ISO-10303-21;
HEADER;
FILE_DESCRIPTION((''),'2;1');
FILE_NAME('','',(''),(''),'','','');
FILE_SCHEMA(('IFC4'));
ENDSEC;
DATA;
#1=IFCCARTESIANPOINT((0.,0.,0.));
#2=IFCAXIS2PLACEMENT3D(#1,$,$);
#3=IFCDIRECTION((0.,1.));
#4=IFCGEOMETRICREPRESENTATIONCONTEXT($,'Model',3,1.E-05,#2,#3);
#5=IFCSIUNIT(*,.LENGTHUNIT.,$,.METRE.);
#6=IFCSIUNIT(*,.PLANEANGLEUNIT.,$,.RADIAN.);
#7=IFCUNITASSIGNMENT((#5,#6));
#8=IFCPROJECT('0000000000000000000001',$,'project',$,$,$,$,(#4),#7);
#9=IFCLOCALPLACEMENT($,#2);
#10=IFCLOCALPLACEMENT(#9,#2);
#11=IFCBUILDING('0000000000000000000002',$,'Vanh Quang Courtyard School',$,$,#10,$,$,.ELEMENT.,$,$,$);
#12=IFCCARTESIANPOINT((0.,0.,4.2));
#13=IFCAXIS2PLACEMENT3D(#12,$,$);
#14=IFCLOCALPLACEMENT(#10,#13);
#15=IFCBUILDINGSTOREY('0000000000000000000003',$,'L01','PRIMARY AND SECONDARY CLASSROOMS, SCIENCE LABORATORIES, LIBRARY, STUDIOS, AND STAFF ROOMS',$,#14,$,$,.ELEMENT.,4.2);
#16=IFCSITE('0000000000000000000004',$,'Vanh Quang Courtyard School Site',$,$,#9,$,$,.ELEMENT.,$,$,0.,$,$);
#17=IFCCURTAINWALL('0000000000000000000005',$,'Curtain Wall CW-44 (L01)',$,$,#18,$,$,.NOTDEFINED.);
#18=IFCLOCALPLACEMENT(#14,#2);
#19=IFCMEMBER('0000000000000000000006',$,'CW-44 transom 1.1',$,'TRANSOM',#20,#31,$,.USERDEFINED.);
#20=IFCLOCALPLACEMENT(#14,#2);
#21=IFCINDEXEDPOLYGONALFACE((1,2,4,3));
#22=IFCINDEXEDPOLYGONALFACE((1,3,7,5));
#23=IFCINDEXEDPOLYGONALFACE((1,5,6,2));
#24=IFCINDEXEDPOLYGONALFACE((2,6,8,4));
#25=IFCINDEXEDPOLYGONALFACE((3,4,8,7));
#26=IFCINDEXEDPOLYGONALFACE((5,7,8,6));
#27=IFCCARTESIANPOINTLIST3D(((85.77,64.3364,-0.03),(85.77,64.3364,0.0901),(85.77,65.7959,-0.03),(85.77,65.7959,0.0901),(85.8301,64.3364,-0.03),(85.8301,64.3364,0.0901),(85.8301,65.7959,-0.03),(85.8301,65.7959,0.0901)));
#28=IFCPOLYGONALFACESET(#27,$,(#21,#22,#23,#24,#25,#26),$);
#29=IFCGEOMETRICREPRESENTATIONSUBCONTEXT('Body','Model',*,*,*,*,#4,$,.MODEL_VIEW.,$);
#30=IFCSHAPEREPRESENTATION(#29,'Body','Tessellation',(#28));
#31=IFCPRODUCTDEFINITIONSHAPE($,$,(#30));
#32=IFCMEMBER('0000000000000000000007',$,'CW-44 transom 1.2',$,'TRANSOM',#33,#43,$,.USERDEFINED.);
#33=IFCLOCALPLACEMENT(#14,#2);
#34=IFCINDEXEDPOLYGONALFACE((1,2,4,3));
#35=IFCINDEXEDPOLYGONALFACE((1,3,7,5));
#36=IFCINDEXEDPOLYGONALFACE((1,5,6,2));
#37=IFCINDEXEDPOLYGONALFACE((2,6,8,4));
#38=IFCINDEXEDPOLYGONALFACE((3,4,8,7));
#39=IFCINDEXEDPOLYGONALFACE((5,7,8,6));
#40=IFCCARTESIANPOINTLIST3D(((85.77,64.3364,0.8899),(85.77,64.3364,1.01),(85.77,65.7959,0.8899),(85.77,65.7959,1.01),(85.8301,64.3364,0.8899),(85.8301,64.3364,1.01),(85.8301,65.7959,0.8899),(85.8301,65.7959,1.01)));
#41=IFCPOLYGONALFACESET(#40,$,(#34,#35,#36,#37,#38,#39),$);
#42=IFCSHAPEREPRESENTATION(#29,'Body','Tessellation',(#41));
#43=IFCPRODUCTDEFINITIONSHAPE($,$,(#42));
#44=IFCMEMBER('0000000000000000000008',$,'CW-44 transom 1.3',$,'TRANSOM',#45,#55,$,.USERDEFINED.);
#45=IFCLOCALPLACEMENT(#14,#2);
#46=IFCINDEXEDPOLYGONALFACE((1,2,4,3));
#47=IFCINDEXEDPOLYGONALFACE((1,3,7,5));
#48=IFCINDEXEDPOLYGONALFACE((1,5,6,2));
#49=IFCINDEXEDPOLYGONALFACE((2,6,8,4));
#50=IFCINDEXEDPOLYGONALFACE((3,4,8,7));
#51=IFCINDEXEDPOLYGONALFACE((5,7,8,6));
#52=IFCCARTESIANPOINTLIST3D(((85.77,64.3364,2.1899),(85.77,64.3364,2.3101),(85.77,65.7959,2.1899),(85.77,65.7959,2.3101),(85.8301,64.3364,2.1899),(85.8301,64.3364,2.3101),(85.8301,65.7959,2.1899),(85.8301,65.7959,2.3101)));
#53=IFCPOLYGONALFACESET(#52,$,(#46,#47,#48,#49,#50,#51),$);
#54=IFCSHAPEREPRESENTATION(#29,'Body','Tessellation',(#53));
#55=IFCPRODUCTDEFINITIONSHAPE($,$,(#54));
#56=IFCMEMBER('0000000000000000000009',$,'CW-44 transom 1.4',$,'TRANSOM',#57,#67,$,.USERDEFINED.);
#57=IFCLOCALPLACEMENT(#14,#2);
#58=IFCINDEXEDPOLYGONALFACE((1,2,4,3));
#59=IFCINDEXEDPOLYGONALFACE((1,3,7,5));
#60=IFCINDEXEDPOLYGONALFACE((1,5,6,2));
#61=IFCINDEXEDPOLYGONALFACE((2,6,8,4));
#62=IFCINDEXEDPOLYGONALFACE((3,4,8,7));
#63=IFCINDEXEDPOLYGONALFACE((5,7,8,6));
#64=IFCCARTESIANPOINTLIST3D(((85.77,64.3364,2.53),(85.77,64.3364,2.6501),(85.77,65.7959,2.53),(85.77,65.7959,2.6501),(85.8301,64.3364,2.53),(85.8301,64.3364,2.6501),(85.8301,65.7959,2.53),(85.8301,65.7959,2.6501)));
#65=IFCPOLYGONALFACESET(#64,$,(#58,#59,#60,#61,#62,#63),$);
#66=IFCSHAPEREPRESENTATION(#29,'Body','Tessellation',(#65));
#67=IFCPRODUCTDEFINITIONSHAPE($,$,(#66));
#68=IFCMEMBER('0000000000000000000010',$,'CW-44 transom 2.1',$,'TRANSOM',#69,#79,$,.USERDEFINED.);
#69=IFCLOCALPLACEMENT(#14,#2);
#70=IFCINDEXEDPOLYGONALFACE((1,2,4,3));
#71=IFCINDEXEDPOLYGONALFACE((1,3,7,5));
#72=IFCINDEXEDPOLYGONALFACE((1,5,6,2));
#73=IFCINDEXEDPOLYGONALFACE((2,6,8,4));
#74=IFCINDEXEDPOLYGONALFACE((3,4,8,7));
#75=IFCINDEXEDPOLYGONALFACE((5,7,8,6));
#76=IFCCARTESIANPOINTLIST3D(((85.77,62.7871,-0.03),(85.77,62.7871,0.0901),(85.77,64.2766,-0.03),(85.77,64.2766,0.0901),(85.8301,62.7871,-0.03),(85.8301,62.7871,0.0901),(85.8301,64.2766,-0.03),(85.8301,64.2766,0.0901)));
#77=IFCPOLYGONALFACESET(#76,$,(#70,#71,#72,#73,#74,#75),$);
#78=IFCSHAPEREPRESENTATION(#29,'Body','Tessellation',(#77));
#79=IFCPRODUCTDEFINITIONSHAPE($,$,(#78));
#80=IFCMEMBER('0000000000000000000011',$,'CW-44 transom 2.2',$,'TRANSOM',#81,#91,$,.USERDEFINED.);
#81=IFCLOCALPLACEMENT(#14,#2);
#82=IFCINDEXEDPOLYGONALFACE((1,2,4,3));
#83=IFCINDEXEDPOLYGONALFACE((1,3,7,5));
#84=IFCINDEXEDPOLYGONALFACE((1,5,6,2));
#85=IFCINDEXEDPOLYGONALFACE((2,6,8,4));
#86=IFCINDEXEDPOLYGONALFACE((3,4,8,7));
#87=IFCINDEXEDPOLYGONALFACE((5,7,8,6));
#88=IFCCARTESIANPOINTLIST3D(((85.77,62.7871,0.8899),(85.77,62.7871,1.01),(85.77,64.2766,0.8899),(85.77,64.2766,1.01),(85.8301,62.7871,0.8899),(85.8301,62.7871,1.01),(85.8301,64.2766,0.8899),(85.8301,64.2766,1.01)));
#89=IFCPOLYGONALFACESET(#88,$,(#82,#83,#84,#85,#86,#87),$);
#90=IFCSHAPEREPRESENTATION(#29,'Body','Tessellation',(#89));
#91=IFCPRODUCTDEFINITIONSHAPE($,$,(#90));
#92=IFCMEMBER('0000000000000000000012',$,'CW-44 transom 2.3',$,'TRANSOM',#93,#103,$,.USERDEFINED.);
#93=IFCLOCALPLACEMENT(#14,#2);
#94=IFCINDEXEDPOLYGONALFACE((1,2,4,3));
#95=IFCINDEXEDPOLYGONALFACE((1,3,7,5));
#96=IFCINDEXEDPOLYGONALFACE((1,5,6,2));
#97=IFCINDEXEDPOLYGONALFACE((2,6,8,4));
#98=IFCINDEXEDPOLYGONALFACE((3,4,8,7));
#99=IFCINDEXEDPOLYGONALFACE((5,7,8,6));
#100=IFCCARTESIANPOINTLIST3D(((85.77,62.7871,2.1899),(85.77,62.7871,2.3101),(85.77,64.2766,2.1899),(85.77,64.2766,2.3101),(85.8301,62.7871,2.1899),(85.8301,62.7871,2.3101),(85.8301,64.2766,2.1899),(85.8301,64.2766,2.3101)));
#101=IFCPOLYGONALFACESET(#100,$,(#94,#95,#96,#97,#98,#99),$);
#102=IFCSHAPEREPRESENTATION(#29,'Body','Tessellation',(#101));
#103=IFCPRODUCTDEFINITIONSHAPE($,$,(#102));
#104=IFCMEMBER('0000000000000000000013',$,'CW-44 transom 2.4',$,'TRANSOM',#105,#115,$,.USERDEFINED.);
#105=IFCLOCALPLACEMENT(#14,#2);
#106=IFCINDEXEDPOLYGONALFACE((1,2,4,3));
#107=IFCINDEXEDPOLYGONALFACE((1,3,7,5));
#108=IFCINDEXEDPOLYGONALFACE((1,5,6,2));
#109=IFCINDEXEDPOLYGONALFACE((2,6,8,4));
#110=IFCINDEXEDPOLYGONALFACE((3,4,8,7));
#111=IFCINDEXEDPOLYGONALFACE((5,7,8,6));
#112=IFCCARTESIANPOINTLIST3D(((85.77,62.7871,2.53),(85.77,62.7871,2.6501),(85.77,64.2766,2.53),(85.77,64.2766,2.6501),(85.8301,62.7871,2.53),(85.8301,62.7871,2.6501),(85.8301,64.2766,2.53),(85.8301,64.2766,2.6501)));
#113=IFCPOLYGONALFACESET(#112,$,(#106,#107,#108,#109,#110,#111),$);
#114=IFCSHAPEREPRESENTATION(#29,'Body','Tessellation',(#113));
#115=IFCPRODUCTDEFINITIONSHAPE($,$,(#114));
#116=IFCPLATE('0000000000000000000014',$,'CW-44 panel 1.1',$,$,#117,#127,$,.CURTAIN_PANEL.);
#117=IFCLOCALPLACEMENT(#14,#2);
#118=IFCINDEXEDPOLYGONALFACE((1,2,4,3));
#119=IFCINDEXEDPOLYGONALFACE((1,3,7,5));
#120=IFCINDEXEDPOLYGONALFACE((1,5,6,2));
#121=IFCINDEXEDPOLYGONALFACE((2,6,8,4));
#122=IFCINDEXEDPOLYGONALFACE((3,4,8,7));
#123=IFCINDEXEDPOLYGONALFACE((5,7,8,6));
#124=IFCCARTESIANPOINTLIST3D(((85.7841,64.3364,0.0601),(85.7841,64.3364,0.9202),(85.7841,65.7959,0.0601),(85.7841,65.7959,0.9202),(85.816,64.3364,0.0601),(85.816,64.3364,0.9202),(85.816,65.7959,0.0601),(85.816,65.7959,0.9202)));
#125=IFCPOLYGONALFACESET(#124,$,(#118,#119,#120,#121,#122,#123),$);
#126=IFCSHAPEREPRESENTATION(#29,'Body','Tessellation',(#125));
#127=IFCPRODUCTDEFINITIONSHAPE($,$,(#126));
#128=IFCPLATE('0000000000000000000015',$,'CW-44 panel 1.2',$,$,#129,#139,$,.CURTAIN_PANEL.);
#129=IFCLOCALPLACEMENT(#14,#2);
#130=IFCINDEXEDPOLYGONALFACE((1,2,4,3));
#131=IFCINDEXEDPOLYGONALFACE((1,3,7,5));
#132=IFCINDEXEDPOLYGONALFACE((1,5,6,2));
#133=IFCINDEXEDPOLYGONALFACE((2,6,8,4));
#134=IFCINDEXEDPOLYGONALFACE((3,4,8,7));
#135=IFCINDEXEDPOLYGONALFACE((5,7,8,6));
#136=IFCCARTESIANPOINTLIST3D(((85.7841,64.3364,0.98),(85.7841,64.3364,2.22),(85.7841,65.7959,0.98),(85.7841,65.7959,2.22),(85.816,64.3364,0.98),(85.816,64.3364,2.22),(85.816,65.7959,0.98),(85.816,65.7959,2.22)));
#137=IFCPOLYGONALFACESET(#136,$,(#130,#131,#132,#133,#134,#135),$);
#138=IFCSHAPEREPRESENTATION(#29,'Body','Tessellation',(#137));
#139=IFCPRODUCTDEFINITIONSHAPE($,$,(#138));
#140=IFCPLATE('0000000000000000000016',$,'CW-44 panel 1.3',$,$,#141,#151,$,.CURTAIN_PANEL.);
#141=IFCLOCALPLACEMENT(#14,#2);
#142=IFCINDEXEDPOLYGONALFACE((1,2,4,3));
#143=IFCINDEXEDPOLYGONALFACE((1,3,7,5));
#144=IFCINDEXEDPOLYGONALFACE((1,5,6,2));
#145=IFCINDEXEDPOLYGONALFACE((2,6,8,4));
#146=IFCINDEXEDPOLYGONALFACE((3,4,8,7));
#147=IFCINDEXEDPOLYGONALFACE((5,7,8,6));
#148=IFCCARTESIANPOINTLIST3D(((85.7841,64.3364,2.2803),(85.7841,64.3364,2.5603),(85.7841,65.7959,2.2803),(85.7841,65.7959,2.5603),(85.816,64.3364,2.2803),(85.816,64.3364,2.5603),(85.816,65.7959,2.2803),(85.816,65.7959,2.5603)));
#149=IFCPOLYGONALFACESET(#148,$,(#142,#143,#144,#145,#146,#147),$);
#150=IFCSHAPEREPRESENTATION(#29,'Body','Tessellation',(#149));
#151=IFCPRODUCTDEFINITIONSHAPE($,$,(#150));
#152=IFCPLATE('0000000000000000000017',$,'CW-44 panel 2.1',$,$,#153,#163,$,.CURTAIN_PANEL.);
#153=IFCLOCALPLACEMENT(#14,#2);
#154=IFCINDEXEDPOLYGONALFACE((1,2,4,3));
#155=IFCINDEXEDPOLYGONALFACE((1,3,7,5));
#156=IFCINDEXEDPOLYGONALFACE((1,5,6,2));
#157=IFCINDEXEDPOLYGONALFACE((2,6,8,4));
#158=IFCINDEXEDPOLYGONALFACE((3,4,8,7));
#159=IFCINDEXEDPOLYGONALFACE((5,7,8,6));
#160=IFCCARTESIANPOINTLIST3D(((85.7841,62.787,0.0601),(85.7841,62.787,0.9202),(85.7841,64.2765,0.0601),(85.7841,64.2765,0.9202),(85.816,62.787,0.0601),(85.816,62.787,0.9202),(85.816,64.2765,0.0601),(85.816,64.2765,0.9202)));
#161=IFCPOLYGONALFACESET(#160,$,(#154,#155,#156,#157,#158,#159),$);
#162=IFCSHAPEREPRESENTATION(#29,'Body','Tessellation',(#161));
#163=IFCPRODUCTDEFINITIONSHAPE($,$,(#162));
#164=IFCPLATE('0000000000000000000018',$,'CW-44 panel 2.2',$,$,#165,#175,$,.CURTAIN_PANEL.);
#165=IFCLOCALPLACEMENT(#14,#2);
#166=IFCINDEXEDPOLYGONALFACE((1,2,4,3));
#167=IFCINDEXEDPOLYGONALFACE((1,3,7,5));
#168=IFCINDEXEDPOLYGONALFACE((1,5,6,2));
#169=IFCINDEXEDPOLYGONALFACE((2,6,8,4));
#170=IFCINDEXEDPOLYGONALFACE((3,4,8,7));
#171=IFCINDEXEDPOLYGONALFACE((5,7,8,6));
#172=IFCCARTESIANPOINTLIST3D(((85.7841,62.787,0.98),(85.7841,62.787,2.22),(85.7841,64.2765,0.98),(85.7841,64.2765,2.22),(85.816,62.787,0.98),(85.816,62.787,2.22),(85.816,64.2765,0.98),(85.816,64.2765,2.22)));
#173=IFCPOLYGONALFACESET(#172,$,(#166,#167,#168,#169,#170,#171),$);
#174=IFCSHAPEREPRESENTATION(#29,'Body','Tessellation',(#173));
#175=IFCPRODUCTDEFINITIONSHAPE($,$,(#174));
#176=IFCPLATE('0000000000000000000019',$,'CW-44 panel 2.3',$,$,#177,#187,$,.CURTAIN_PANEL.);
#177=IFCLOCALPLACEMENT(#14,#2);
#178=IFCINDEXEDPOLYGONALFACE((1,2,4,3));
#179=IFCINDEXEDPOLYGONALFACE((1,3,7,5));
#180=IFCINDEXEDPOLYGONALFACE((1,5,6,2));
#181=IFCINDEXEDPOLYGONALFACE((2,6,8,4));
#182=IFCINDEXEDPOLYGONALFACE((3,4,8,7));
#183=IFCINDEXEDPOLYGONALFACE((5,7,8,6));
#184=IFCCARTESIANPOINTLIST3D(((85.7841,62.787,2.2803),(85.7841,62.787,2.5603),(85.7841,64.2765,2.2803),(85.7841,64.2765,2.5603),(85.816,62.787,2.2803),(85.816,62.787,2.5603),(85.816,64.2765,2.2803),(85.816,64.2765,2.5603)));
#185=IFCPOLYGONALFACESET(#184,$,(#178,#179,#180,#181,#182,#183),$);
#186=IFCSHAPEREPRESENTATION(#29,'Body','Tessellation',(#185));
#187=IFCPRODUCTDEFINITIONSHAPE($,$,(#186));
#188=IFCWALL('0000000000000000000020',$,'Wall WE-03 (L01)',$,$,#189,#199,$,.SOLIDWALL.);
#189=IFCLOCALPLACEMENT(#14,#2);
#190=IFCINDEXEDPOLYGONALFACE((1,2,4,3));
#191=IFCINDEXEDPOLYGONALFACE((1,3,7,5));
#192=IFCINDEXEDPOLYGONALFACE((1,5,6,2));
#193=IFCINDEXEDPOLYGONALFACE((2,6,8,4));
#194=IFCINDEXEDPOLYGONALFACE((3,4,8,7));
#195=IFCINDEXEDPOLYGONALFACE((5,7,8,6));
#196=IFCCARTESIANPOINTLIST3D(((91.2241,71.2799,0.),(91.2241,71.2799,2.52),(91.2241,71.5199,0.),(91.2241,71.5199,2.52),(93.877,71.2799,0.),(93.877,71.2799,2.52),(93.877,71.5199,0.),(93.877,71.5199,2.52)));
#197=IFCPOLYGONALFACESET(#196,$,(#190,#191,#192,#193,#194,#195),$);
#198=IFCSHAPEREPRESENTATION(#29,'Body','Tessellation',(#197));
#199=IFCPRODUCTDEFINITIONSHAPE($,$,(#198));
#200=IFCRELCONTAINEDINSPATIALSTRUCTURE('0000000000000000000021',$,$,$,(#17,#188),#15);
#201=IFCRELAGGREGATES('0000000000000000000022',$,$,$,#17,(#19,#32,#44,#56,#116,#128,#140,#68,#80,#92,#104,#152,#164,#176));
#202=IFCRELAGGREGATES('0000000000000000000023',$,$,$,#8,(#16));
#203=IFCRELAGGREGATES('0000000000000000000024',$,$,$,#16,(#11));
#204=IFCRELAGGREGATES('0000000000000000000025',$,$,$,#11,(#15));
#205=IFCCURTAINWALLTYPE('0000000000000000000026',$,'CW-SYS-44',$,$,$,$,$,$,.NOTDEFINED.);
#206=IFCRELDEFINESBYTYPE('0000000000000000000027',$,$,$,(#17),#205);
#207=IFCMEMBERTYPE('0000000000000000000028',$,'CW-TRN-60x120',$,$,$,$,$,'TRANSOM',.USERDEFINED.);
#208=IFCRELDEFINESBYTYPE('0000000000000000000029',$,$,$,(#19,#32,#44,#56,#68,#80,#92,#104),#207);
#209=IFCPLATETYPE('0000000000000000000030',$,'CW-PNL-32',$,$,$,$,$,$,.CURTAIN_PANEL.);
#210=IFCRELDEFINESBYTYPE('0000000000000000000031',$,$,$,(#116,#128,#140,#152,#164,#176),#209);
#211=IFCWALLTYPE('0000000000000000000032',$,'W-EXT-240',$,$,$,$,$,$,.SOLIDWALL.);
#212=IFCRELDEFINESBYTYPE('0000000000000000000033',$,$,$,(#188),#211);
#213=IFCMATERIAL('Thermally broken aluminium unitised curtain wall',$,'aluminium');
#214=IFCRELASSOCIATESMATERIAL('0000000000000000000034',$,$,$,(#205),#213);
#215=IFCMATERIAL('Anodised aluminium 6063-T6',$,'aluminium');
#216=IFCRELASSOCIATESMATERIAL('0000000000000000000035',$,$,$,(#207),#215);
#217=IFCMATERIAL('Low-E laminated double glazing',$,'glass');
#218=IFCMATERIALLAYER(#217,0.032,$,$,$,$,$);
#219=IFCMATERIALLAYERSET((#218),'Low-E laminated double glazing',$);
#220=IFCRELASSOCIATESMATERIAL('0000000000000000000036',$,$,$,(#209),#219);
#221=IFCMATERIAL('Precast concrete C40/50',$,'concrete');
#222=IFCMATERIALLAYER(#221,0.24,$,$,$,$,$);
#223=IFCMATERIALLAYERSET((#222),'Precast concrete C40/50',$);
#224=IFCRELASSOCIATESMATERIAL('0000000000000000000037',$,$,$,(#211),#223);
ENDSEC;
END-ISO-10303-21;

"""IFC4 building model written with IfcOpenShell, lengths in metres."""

from ifc_helpers import new_model, si_unit, direction, frame, frame_2d, origin, origin_2d, place, context, subcontext, project, spatial, rectangle, extrude, material, layer, layer_set, material_profile, profile_set, type_object, element, aggregate, save


model = new_model("IFC4")

# Units and contexts
model_context = context("Model", 3, precision=1e-05, world=origin(), true_north=direction((0.0, 1.0)))
body_context = subcontext(model_context, "Body", "Model", "MODEL_VIEW")
ifc_project = project(units=[si_unit("LENGTHUNIT", "METRE"), si_unit("PLANEANGLEUNIT", "RADIAN")], contexts=[model_context])

# Site, building, storey
site_placement = place(None, origin())
site = spatial("IfcSite", under=ifc_project, at=site_placement, Name="Vanh Quang Courtyard School Site", CompositionType="ELEMENT", RefElevation=0.0)
building_placement = place(site_placement, origin())
building = spatial("IfcBuilding", under=site, at=building_placement, Name="Vanh Quang Courtyard School", CompositionType="ELEMENT")
storey_placement = place(building_placement, frame((0.0, 0.0, 4.2)))
storey = spatial("IfcBuildingStorey", under=building, at=storey_placement, Name="L01", Description="PRIMARY AND SECONDARY CLASSROOMS, SCIENCE LABORATORIES, LIBRARY, STUDIOS, AND STAFF ROOMS", CompositionType="ELEMENT", Elevation=4.2)

# Curtain wall, members, plates
ifc_material_1 = material(Name="Thermally broken aluminium unitised curtain wall", Category="aluminium")
curtain_wall_type = type_object("IfcCurtainWallType", Name="CW-SYS-44", PredefinedType="NOTDEFINED", material=ifc_material_1)
curtain_wall_placement = place(storey_placement, origin())
curtain_wall = element("IfcCurtainWall", 1, at=curtain_wall_placement, inside=storey, type_object=curtain_wall_type, Name="Curtain Wall CW-44 (L01)", PredefinedType="NOTDEFINED")
ifc_material_2 = material(Name="Anodised aluminium 6063-T6", Category="aluminium")
ifc_material_profile_1 = material_profile(ifc_material_2, rectangle(XDim=0.0601, YDim=0.1201, at=origin_2d()), Name="ALU-TRN 60x120")
ifc_profile_set_1 = profile_set([ifc_material_profile_1], Name="Anodised aluminium 6063-T6")
member_type_1 = type_object("IfcMemberType", Name="CW-TRN-60x120", ElementType="TRANSOM", PredefinedType="USERDEFINED", material=ifc_profile_set_1)
member_1_placement = place(storey_placement, frame((85.8, 65.7959, 0.03), z_axis=(0.0, -1.0, 0.0), x_axis=(1.0, 0.0, 0.0)))
member_1 = element("IfcMember", 2, at=member_1_placement, type_object=member_type_1, Name="CW-44 transom 1.1", ObjectType="TRANSOM", PredefinedType="USERDEFINED", context=body_context, shape_type="SweptSolid", body=[
    extrude(rectangle(XDim=0.0601, YDim=0.1201, at=origin_2d()), origin(), (0.0, 0.0, 1.0), 1.4595),
])
member_2_placement = place(storey_placement, frame((85.8, 65.7959, 0.95), z_axis=(0.0, -1.0, 0.0), x_axis=(1.0, 0.0, 0.0)))
member_2 = element("IfcMember", 3, at=member_2_placement, type_object=member_type_1, Name="CW-44 transom 1.2", ObjectType="TRANSOM", PredefinedType="USERDEFINED", context=body_context, shape_type="SweptSolid", body=[
    extrude(rectangle(XDim=0.0601, YDim=0.1201, at=origin_2d()), origin(), (0.0, 0.0, 1.0), 1.4595),
])
member_3_placement = place(storey_placement, frame((85.8, 65.7959, 2.25), z_axis=(0.0, -1.0, 0.0), x_axis=(1.0, 0.0, 0.0)))
member_3 = element("IfcMember", 4, at=member_3_placement, type_object=member_type_1, Name="CW-44 transom 1.3", ObjectType="TRANSOM", PredefinedType="USERDEFINED", context=body_context, shape_type="SweptSolid", body=[
    extrude(rectangle(XDim=0.0601, YDim=0.1201, at=origin_2d()), origin(), (0.0, 0.0, 1.0), 1.4595),
])
member_4_placement = place(storey_placement, frame((85.8, 65.7959, 2.5901), z_axis=(0.0, -1.0, 0.0), x_axis=(1.0, 0.0, 0.0)))
member_4 = element("IfcMember", 5, at=member_4_placement, type_object=member_type_1, Name="CW-44 transom 1.4", ObjectType="TRANSOM", PredefinedType="USERDEFINED", context=body_context, shape_type="SweptSolid", body=[
    extrude(rectangle(XDim=0.0601, YDim=0.1201, at=origin_2d()), origin(), (0.0, 0.0, 1.0), 1.4595),
])
member_5_placement = place(storey_placement, frame((85.8, 64.2766, 0.03), z_axis=(0.0, -1.0, 0.0), x_axis=(1.0, 0.0, 0.0)))
member_5 = element("IfcMember", 6, at=member_5_placement, type_object=member_type_1, Name="CW-44 transom 2.1", ObjectType="TRANSOM", PredefinedType="USERDEFINED", context=body_context, shape_type="SweptSolid", body=[
    extrude(rectangle(XDim=0.0601, YDim=0.1201, at=origin_2d()), origin(), (0.0, 0.0, 1.0), 1.4895),
])
member_6_placement = place(storey_placement, frame((85.8, 64.2766, 0.95), z_axis=(0.0, -1.0, 0.0), x_axis=(1.0, 0.0, 0.0)))
member_6 = element("IfcMember", 7, at=member_6_placement, type_object=member_type_1, Name="CW-44 transom 2.2", ObjectType="TRANSOM", PredefinedType="USERDEFINED", context=body_context, shape_type="SweptSolid", body=[
    extrude(rectangle(XDim=0.0601, YDim=0.1201, at=origin_2d()), origin(), (0.0, 0.0, 1.0), 1.4895),
])
member_7_placement = place(storey_placement, frame((85.8, 64.2766, 2.25), z_axis=(0.0, -1.0, 0.0), x_axis=(1.0, 0.0, 0.0)))
member_7 = element("IfcMember", 8, at=member_7_placement, type_object=member_type_1, Name="CW-44 transom 2.3", ObjectType="TRANSOM", PredefinedType="USERDEFINED", context=body_context, shape_type="SweptSolid", body=[
    extrude(rectangle(XDim=0.0601, YDim=0.1201, at=origin_2d()), origin(), (0.0, 0.0, 1.0), 1.4895),
])
member_8_placement = place(storey_placement, frame((85.8, 64.2766, 2.5901), z_axis=(0.0, -1.0, 0.0), x_axis=(1.0, 0.0, 0.0)))
member_8 = element("IfcMember", 9, at=member_8_placement, type_object=member_type_1, Name="CW-44 transom 2.4", ObjectType="TRANSOM", PredefinedType="USERDEFINED", context=body_context, shape_type="SweptSolid", body=[
    extrude(rectangle(XDim=0.0601, YDim=0.1201, at=origin_2d()), origin(), (0.0, 0.0, 1.0), 1.4895),
])
ifc_material_3 = material(Name="Low-E laminated double glazing", Category="glass")
ifc_layer_1 = layer(ifc_material_3, 0.032)
ifc_layer_set_1 = layer_set([ifc_layer_1], Name="Low-E laminated double glazing")
plate_type = type_object("IfcPlateType", Name="CW-PNL-32", PredefinedType="CURTAIN_PANEL", material=ifc_layer_set_1)
plate_1_placement = place(storey_placement, frame((85.8, 65.0662, 0.0601), z_axis=(0.0, 0.0, 1.0), x_axis=(0.0, -1.0, 0.0)))
plate_1 = element("IfcPlate", 10, at=plate_1_placement, type_object=plate_type, Name="CW-44 panel 1.1", PredefinedType="CURTAIN_PANEL", context=body_context, shape_type="SweptSolid", body=[
    extrude(rectangle(XDim=1.4595, YDim=0.032, at=origin_2d()), origin(), (0.0, 0.0, 1.0), 0.8601),
])
plate_2_placement = place(storey_placement, frame((85.8, 65.0662, 0.98), z_axis=(0.0, 0.0, 1.0), x_axis=(0.0, -1.0, 0.0)))
plate_2 = element("IfcPlate", 11, at=plate_2_placement, type_object=plate_type, Name="CW-44 panel 1.2", PredefinedType="CURTAIN_PANEL", context=body_context, shape_type="SweptSolid", body=[
    extrude(rectangle(XDim=1.4595, YDim=0.032, at=origin_2d()), origin(), (0.0, 0.0, 1.0), 1.24),
])
plate_3_placement = place(storey_placement, frame((85.8, 65.0662, 2.2803), z_axis=(0.0, 0.0, 1.0), x_axis=(0.0, -1.0, 0.0)))
plate_3 = element("IfcPlate", 12, at=plate_3_placement, type_object=plate_type, Name="CW-44 panel 1.3", PredefinedType="CURTAIN_PANEL", context=body_context, shape_type="SweptSolid", body=[
    extrude(rectangle(XDim=1.4595, YDim=0.032, at=origin_2d()), origin(), (0.0, 0.0, 1.0), 0.28),
])
plate_4_placement = place(storey_placement, frame((85.8, 63.5317, 0.0601), z_axis=(0.0, 0.0, 1.0), x_axis=(0.0, -1.0, 0.0)))
plate_4 = element("IfcPlate", 13, at=plate_4_placement, type_object=plate_type, Name="CW-44 panel 2.1", PredefinedType="CURTAIN_PANEL", context=body_context, shape_type="SweptSolid", body=[
    extrude(rectangle(XDim=1.4895, YDim=0.032, at=origin_2d()), origin(), (0.0, 0.0, 1.0), 0.8601),
])
plate_5_placement = place(storey_placement, frame((85.8, 63.5317, 0.98), z_axis=(0.0, 0.0, 1.0), x_axis=(0.0, -1.0, 0.0)))
plate_5 = element("IfcPlate", 14, at=plate_5_placement, type_object=plate_type, Name="CW-44 panel 2.2", PredefinedType="CURTAIN_PANEL", context=body_context, shape_type="SweptSolid", body=[
    extrude(rectangle(XDim=1.4895, YDim=0.032, at=origin_2d()), origin(), (0.0, 0.0, 1.0), 1.24),
])
plate_6_placement = place(storey_placement, frame((85.8, 63.5317, 2.2803), z_axis=(0.0, 0.0, 1.0), x_axis=(0.0, -1.0, 0.0)))
plate_6 = element("IfcPlate", 15, at=plate_6_placement, type_object=plate_type, Name="CW-44 panel 2.3", PredefinedType="CURTAIN_PANEL", context=body_context, shape_type="SweptSolid", body=[
    extrude(rectangle(XDim=1.4895, YDim=0.032, at=origin_2d()), origin(), (0.0, 0.0, 1.0), 0.28),
])
aggregate(curtain_wall, [member_1, member_2, member_3, member_4, plate_1, plate_2, plate_3, member_5, member_6, member_7, member_8, plate_4, plate_5, plate_6])

# Wall
ifc_material_4 = material(Name="Precast concrete C40/50", Category="concrete")
ifc_layer_2 = layer(ifc_material_4, 0.24)
ifc_layer_set_2 = layer_set([ifc_layer_2], Name="Precast concrete C40/50")
wall_type = type_object("IfcWallType", Name="W-EXT-240", PredefinedType="SOLIDWALL", material=ifc_layer_set_2)
wall_placement = place(storey_placement, frame((93.877, 71.3999, 0.0), z_axis=(0.0, 0.0, 1.0), x_axis=(-1.0, 0.0, 0.0)))
element("IfcWall", 16, at=wall_placement, inside=storey, type_object=wall_type, Name="Wall WE-03 (L01)", PredefinedType="SOLIDWALL", context=body_context, shape_type="SweptSolid", body=[
    extrude(rectangle(XDim=2.6528, YDim=0.24, at=frame_2d((1.3264, 0.0))), origin(), (0.0, 0.0, 1.0), 2.52),
])

save(model, "model.ifc")
